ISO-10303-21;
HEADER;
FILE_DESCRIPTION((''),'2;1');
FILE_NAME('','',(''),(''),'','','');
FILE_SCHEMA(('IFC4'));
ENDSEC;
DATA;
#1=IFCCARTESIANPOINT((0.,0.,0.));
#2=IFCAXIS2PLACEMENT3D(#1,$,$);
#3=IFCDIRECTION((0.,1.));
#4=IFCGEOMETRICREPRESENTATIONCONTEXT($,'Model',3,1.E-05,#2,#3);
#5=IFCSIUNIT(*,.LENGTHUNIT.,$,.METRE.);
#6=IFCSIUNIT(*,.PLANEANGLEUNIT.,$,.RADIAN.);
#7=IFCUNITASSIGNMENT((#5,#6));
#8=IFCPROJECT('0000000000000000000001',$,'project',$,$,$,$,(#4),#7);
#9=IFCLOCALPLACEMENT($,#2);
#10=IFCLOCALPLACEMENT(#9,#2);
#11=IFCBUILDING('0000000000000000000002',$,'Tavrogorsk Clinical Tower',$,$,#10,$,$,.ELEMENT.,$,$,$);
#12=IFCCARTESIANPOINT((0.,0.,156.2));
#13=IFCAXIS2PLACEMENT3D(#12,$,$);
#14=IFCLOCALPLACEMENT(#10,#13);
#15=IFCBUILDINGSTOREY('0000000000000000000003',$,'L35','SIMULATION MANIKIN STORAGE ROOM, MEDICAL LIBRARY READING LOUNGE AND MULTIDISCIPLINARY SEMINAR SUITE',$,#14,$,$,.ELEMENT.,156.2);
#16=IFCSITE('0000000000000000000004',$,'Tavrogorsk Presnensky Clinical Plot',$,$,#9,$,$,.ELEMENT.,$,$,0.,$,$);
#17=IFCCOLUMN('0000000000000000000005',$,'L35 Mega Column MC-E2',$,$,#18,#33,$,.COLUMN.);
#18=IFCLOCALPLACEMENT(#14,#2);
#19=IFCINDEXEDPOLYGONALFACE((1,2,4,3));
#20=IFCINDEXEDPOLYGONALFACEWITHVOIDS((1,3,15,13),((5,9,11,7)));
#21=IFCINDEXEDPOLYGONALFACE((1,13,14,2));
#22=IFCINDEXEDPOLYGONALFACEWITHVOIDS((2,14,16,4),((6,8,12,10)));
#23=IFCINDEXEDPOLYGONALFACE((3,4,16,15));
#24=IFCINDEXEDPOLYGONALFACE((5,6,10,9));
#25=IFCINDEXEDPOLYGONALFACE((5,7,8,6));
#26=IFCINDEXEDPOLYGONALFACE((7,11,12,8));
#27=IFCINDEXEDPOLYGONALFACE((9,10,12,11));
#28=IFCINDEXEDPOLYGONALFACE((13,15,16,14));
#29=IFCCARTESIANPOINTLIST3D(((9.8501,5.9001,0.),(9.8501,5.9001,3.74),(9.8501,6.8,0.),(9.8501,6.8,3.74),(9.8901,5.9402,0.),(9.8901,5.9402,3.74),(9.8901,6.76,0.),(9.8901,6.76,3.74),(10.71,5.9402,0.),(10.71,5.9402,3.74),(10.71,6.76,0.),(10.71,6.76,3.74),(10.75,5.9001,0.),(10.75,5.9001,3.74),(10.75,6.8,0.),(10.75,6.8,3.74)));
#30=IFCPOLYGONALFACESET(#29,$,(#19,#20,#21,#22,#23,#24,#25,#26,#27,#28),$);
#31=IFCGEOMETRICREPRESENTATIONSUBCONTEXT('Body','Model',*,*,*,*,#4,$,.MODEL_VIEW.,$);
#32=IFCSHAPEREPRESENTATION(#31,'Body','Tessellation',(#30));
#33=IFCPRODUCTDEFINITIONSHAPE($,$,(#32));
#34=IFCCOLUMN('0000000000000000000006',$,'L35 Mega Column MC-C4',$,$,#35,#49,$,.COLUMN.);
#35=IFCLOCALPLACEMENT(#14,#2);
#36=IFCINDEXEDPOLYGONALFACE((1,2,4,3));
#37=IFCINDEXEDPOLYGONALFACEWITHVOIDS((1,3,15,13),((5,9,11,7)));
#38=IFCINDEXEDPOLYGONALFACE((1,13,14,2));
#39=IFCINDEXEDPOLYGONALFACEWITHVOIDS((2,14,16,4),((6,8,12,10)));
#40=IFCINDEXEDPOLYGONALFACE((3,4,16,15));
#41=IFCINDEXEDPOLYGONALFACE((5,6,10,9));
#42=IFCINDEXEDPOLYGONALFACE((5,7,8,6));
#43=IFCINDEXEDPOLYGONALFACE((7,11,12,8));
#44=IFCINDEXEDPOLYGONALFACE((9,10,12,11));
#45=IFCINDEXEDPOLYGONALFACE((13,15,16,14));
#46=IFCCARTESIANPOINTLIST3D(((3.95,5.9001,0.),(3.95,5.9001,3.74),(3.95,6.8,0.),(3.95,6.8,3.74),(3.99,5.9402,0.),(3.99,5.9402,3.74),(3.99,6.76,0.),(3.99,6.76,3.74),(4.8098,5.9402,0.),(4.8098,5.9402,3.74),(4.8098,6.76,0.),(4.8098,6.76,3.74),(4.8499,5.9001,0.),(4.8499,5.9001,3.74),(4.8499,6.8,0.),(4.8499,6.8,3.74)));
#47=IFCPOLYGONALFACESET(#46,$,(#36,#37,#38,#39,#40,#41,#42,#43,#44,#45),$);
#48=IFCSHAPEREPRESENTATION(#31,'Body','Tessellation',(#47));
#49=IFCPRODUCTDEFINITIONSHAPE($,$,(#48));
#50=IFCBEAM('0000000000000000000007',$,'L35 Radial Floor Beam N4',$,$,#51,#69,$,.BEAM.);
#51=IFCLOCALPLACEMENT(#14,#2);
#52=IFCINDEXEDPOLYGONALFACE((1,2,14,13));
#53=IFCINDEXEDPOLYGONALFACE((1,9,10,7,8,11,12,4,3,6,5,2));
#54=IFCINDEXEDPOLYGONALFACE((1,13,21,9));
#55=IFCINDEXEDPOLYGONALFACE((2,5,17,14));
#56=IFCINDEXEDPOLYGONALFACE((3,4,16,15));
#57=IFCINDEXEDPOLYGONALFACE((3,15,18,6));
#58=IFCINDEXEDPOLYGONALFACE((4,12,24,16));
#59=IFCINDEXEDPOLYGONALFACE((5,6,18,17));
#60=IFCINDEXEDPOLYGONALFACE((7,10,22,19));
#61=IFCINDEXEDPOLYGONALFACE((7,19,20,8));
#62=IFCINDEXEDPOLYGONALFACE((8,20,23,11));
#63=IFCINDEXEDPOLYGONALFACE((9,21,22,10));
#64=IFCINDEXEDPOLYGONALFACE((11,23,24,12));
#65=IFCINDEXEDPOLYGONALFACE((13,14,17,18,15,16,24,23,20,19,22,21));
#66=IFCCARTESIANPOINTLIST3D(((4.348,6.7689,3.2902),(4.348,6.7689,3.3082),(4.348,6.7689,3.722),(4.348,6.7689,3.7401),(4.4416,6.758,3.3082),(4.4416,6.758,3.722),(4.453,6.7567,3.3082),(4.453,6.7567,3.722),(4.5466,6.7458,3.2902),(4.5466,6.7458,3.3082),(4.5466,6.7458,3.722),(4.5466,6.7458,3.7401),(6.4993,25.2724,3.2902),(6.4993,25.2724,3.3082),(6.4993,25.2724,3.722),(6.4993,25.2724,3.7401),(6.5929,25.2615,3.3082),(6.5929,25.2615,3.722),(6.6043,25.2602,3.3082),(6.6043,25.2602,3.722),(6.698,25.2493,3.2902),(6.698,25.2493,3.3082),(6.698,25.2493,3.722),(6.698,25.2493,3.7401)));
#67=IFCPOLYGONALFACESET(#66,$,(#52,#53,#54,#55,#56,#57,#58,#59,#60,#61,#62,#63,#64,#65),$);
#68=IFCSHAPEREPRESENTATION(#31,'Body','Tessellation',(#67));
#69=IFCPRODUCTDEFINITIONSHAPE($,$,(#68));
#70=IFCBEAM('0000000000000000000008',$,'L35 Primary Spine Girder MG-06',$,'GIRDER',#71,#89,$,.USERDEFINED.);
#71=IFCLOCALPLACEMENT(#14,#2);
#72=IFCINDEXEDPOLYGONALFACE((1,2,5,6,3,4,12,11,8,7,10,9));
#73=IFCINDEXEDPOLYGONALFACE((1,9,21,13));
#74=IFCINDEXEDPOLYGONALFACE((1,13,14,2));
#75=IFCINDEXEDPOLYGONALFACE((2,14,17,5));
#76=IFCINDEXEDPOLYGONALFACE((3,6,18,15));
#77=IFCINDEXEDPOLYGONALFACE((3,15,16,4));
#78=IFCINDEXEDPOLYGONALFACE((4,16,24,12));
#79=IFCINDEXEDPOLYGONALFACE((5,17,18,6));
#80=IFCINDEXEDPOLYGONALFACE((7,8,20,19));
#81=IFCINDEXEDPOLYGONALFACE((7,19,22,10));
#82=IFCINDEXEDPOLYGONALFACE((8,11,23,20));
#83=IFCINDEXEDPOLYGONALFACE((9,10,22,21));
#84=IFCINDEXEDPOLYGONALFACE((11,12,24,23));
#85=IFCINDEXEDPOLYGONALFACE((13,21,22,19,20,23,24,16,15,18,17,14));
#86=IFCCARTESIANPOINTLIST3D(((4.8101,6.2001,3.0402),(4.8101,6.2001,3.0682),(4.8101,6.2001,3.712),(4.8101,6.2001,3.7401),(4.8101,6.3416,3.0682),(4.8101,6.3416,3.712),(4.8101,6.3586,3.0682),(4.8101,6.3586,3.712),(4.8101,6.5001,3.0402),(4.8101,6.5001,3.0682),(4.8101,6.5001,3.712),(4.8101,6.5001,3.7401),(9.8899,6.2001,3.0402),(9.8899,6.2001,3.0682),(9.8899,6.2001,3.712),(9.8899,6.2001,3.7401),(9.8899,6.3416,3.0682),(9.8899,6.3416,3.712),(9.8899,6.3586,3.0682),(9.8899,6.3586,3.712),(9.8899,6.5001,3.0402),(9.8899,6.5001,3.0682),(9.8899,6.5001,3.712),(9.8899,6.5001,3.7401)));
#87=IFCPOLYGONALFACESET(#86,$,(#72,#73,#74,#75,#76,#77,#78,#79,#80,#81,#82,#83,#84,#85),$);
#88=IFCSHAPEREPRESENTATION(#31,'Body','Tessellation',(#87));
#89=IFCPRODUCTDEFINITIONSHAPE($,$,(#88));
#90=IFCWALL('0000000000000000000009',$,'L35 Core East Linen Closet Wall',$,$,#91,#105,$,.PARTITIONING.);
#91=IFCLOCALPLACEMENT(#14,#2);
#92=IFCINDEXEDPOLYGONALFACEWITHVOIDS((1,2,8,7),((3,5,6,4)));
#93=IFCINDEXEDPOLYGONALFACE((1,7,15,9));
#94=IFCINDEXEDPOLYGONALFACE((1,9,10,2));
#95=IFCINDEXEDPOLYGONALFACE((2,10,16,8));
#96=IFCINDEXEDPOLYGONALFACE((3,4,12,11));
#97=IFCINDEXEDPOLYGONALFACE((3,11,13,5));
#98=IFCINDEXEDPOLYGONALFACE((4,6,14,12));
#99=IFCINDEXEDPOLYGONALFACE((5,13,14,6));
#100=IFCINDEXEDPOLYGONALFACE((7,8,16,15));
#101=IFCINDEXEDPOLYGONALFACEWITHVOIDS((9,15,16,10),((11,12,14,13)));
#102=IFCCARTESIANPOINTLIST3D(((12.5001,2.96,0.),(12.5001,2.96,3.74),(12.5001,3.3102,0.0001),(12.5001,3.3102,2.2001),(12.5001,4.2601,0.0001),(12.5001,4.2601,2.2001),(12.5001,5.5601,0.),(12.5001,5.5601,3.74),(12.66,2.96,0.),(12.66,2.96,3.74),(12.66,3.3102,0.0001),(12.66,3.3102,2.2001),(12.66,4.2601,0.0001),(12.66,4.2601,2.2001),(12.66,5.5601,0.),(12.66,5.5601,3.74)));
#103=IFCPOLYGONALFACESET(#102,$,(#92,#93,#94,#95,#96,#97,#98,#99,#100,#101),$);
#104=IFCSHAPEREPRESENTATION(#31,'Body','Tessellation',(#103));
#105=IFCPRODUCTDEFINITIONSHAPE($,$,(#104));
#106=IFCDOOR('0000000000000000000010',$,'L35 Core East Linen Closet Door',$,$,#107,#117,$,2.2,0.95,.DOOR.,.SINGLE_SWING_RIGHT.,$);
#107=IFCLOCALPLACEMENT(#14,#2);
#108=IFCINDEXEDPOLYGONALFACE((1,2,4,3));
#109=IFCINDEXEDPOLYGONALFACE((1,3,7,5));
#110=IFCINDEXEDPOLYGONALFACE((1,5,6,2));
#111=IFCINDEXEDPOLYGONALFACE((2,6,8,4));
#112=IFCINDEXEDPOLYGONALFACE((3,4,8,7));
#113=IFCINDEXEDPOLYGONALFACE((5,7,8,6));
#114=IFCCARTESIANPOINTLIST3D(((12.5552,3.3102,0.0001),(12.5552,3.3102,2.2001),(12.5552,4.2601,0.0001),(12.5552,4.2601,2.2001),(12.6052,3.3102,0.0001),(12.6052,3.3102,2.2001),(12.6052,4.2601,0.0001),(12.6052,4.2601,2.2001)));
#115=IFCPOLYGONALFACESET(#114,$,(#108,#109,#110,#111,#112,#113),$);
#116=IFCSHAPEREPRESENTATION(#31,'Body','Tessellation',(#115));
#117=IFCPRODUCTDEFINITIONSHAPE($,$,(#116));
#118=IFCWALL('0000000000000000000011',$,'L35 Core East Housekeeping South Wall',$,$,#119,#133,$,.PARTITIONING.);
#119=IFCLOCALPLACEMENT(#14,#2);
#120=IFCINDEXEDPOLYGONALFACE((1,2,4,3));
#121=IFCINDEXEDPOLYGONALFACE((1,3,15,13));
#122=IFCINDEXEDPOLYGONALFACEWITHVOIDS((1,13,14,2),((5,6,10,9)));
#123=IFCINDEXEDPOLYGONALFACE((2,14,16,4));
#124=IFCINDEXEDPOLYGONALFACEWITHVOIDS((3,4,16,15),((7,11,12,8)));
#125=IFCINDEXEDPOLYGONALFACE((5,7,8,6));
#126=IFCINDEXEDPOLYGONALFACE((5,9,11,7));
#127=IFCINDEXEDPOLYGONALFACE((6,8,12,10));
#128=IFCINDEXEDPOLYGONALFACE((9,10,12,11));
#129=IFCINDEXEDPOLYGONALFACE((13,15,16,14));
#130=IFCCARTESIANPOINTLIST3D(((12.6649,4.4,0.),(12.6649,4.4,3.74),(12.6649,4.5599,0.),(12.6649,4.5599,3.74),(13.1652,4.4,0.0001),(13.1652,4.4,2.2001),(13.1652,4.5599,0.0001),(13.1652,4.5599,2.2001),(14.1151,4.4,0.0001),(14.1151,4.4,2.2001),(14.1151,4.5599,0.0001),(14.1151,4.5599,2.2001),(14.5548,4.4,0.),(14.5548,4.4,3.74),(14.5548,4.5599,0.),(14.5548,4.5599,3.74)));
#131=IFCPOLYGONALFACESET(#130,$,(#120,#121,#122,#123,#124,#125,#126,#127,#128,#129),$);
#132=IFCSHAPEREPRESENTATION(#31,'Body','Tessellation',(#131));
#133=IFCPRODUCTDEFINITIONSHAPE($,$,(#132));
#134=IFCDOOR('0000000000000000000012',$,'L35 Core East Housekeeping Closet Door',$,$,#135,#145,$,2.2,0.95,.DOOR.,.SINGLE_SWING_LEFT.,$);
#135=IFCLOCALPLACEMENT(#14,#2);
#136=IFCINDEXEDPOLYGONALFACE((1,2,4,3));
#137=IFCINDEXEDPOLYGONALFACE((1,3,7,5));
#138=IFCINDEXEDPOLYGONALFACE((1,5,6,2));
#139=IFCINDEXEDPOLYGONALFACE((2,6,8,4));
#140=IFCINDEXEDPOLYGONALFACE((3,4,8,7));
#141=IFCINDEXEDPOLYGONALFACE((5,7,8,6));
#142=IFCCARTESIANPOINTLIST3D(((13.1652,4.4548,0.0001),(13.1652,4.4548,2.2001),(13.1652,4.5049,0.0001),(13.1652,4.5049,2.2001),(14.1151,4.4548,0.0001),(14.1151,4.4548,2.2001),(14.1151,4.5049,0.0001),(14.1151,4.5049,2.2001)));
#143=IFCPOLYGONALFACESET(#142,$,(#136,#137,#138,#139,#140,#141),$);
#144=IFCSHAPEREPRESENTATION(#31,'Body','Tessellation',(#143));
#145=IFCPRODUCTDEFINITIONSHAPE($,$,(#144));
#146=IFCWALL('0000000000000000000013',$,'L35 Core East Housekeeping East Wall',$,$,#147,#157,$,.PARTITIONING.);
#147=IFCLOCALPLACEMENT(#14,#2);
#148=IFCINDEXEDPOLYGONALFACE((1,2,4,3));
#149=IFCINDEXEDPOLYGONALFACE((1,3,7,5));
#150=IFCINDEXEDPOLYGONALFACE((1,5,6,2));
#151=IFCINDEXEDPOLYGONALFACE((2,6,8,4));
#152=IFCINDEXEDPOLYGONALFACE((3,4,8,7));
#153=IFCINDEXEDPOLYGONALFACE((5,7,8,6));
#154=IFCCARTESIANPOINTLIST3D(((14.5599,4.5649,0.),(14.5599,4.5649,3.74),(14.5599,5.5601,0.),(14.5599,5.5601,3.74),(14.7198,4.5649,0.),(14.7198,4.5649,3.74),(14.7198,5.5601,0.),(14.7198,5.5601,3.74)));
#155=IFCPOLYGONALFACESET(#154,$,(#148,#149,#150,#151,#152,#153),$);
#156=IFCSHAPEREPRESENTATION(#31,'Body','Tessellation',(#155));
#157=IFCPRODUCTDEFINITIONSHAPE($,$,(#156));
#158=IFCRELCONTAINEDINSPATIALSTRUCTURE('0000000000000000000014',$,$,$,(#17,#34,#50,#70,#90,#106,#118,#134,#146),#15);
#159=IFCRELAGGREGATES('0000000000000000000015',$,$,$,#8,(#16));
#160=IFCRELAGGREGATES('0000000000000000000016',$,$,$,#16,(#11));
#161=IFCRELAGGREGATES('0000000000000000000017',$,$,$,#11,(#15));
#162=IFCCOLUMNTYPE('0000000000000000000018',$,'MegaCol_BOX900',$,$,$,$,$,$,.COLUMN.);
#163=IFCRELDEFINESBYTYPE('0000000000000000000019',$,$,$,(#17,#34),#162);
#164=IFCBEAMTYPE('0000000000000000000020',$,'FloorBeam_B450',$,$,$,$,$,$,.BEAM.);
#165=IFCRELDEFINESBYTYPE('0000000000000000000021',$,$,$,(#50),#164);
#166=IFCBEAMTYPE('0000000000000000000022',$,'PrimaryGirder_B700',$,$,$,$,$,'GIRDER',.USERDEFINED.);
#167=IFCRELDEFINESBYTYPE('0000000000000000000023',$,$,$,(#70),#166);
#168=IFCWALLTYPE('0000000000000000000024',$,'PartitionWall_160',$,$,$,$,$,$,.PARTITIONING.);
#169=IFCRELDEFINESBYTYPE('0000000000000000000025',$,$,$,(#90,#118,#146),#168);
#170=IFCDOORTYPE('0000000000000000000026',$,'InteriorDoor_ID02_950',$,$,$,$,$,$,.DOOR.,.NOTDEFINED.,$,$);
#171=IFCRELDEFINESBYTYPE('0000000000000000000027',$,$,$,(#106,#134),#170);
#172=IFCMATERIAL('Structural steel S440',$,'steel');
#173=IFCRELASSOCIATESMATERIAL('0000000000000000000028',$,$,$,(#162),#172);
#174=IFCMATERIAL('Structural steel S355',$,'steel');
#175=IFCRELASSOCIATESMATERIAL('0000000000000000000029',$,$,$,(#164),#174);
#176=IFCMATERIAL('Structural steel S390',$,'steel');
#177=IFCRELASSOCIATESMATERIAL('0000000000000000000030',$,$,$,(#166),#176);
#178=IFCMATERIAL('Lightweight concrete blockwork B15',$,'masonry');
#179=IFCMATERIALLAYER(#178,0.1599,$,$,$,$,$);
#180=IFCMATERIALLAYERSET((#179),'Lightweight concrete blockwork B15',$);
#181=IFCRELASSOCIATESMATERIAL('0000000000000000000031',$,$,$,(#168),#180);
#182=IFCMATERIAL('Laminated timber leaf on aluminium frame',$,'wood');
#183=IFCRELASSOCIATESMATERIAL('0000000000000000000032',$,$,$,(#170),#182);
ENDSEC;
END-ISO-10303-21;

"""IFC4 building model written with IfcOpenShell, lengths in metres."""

from ifc_helpers import new_model, si_unit, direction, frame, frame_2d, origin, origin_2d, place, context, subcontext, project, spatial, rectangle, hollow_rectangle, i_section, extrude, material, layer, layer_set, material_profile, profile_set, type_object, element, fill, save


model = new_model("IFC4")

# Units and contexts
model_context = context("Model", 3, precision=1e-05, world=origin(), true_north=direction((0.0, 1.0)))
body_context = subcontext(model_context, "Body", "Model", "MODEL_VIEW")
ifc_project = project(units=[si_unit("LENGTHUNIT", "METRE"), si_unit("PLANEANGLEUNIT", "RADIAN")], contexts=[model_context])

# Site, building, storey
site_placement = place(None, origin())
site = spatial("IfcSite", under=ifc_project, at=site_placement, Name="Tavrogorsk Presnensky Clinical Plot", CompositionType="ELEMENT", RefElevation=0.0)
building_placement = place(site_placement, origin())
building = spatial("IfcBuilding", under=site, at=building_placement, Name="Tavrogorsk Clinical Tower", CompositionType="ELEMENT")
storey_placement = place(building_placement, frame((0.0, 0.0, 156.2)))
storey = spatial("IfcBuildingStorey", under=building, at=storey_placement, Name="L35", Description="SIMULATION MANIKIN STORAGE ROOM, MEDICAL LIBRARY READING LOUNGE AND MULTIDISCIPLINARY SEMINAR SUITE", CompositionType="ELEMENT", Elevation=156.2)

# Columns
ifc_material_1 = material(Name="Structural steel S440", Category="steel")
ifc_material_profile_1 = material_profile(ifc_material_1, hollow_rectangle(XDim=0.8999, YDim=0.8999, WallThickness=0.04, at=origin_2d()), Name="BOX-900x900x40")
ifc_profile_set_1 = profile_set([ifc_material_profile_1], Name="Structural steel S440")
column_type = type_object("IfcColumnType", Name="MegaCol_BOX900", PredefinedType="COLUMN", material=ifc_profile_set_1)
for number, where, z_axis, x_axis, name in (
    (1, (10.3, 6.3501, 0.0), (0.0, 0.0, 1.0), (1.0, 0.0, 0.0), "L35 Mega Column MC-E2"),
    (2, (4.3999, 6.3501, 0.0), (0.0, 0.0, 1.0), (1.0, 0.0, 0.0), "L35 Mega Column MC-C4"),
):
    element("IfcColumn", number, at=place(storey_placement, frame(where, z_axis=z_axis, x_axis=x_axis)), inside=storey, type_object=column_type, Name=name, PredefinedType="COLUMN", context=body_context, shape_type="SweptSolid", body=[
        extrude(hollow_rectangle(XDim=0.8999, YDim=0.8999, WallThickness=0.04, at=origin_2d()), origin(), (0.0, 0.0, 1.0), 3.74),
    ])

# Beams
ifc_material_2 = material(Name="Structural steel S355", Category="steel")
ifc_material_profile_2 = material_profile(ifc_material_2, i_section(OverallWidth=0.2, OverallDepth=0.45, WebThickness=0.0115, FlangeThickness=0.0181, at=origin_2d()), Name="B-450x200x11.5x18")
ifc_profile_set_2 = profile_set([ifc_material_profile_2], Name="Structural steel S355")
beam_type_1 = type_object("IfcBeamType", Name="FloorBeam_B450", PredefinedType="BEAM", material=ifc_profile_set_2)
beam_1_placement = place(storey_placement, frame((4.4473, 6.7573, 3.5151), z_axis=(0.115491, 0.993309, 0.0), x_axis=(-0.993309, 0.115491, 0.0)))
element("IfcBeam", 3, at=beam_1_placement, inside=storey, type_object=beam_type_1, Name="L35 Radial Floor Beam N4", PredefinedType="BEAM", context=body_context, shape_type="SweptSolid", body=[
    extrude(i_section(OverallWidth=0.2, OverallDepth=0.45, WebThickness=0.0115, FlangeThickness=0.0181, at=origin_2d()), origin(), (0.0, 0.0, 1.0), 18.6282),
])
ifc_material_3 = material(Name="Structural steel S390", Category="steel")
ifc_material_profile_3 = material_profile(ifc_material_3, i_section(OverallWidth=0.3, OverallDepth=0.7, WebThickness=0.0171, FlangeThickness=0.0281, at=origin_2d()), Name="B-700x300x17x28")
ifc_profile_set_3 = profile_set([ifc_material_profile_3], Name="Structural steel S390")
beam_type_2 = type_object("IfcBeamType", Name="PrimaryGirder_B700", ElementType="GIRDER", PredefinedType="USERDEFINED", material=ifc_profile_set_3)
beam_2_placement = place(storey_placement, frame((4.8101, 6.3501, 3.3901), z_axis=(1.0, 0.0, 0.0), x_axis=(0.0, 1.0, 0.0)))
element("IfcBeam", 4, at=beam_2_placement, inside=storey, type_object=beam_type_2, Name="L35 Primary Spine Girder MG-06", ObjectType="GIRDER", PredefinedType="USERDEFINED", context=body_context, shape_type="SweptSolid", body=[
    extrude(i_section(OverallWidth=0.3, OverallDepth=0.7, WebThickness=0.0171, FlangeThickness=0.0281, at=origin_2d()), origin(), (0.0, 0.0, 1.0), 5.0798),
])

# Walls, openings, doors
ifc_material_4 = material(Name="Lightweight concrete blockwork B15", Category="masonry")
ifc_layer_1 = layer(ifc_material_4, 0.1599)
ifc_layer_set_1 = layer_set([ifc_layer_1], Name="Lightweight concrete blockwork B15")
wall_type_1 = type_object("IfcWallType", Name="PartitionWall_160", PredefinedType="PARTITIONING", material=ifc_layer_set_1)
wall_1_placement = place(storey_placement, frame((12.5801, 2.96, 0.0), z_axis=(0.0, 0.0, 1.0), x_axis=(0.0, 1.0, 0.0)))
wall_1 = element("IfcWall", 5, at=wall_1_placement, inside=storey, type_object=wall_type_1, Name="L35 Core East Linen Closet Wall", PredefinedType="PARTITIONING", context=body_context, shape_type="SweptSolid", body=[
    extrude(rectangle(XDim=2.6001, YDim=0.1599, at=frame_2d((1.3, 0.0))), origin(), (0.0, 0.0, 1.0), 3.74),
])
opening_1_placement = place(wall_1_placement, frame((0.3501, 0.0, 0.0)))
opening_1 = element("IfcOpeningElement", 6, at=opening_1_placement, cuts=wall_1, PredefinedType="OPENING", context=body_context, shape_type="SweptSolid", body=[
    extrude(rectangle(XDim=0.95, YDim=2.2, at=frame_2d((0.4751, 1.1001))), frame((0.0, 0.0898, 0.0), z_axis=(0.0, -1.0, 0.0), x_axis=(1.0, 0.0, 0.0)), (0.0, 0.0, 1.0), 0.1799),
])
ifc_material_5 = material(Name="Laminated timber leaf on aluminium frame", Category="wood")
door_type_1 = type_object("IfcDoorType", Name="InteriorDoor_ID02_950", OperationType="NOTDEFINED", PredefinedType="DOOR", material=ifc_material_5)
door_1_placement = place(opening_1_placement, origin())
door_1 = element("IfcDoor", 7, at=door_1_placement, inside=storey, type_object=door_type_1, Name="L35 Core East Linen Closet Door", OperationType="SINGLE_SWING_RIGHT", OverallHeight=2.2, OverallWidth=0.95, PredefinedType="DOOR", context=body_context, shape_type="SweptSolid", body=[
    extrude(rectangle(XDim=0.95, YDim=2.2, at=frame_2d((0.4751, 1.1001))), frame((0.0, 0.0249, 0.0), z_axis=(0.0, -1.0, 0.0), x_axis=(1.0, 0.0, 0.0)), (0.0, 0.0, 1.0), 0.05),
])
fill(opening_1, door_1)
wall_2_placement = place(storey_placement, frame((12.665, 4.48, 0.0), z_axis=(0.0, 0.0, 1.0), x_axis=(1.0, 0.0, 0.0)))
wall_2 = element("IfcWall", 8, at=wall_2_placement, inside=storey, type_object=wall_type_1, Name="L35 Core East Housekeeping South Wall", PredefinedType="PARTITIONING", context=body_context, shape_type="SweptSolid", body=[
    extrude(rectangle(XDim=1.8899, YDim=0.1599, at=frame_2d((0.9448, 0.0))), origin(), (0.0, 0.0, 1.0), 3.74),
])
opening_2_placement = place(wall_2_placement, frame((0.5, 0.0, 0.0)))
opening_2 = element("IfcOpeningElement", 9, at=opening_2_placement, cuts=wall_2, PredefinedType="OPENING", context=body_context, shape_type="SweptSolid", body=[
    extrude(rectangle(XDim=0.95, YDim=2.2, at=frame_2d((0.4751, 1.1001))), frame((0.0, 0.0898, 0.0), z_axis=(0.0, -1.0, 0.0), x_axis=(1.0, 0.0, 0.0)), (0.0, 0.0, 1.0), 0.1799),
])
door_2_placement = place(opening_2_placement, origin())
door_2 = element("IfcDoor", 10, at=door_2_placement, inside=storey, type_object=door_type_1, Name="L35 Core East Housekeeping Closet Door", OperationType="SINGLE_SWING_LEFT", OverallHeight=2.2, OverallWidth=0.95, PredefinedType="DOOR", context=body_context, shape_type="SweptSolid", body=[
    extrude(rectangle(XDim=0.95, YDim=2.2, at=frame_2d((0.4751, 1.1001))), frame((0.0, 0.0249, 0.0), z_axis=(0.0, -1.0, 0.0), x_axis=(1.0, 0.0, 0.0)), (0.0, 0.0, 1.0), 0.05),
])
fill(opening_2, door_2)

# Wall
wall_3_placement = place(storey_placement, frame((14.6399, 4.5649, 0.0), z_axis=(0.0, 0.0, 1.0), x_axis=(0.0, 1.0, 0.0)))
element("IfcWall", 11, at=wall_3_placement, inside=storey, type_object=wall_type_1, Name="L35 Core East Housekeeping East Wall", PredefinedType="PARTITIONING", context=body_context, shape_type="SweptSolid", body=[
    extrude(rectangle(XDim=0.9951, YDim=0.1599, at=frame_2d((0.4976, 0.0))), origin(), (0.0, 0.0, 1.0), 3.74),
])

save(model, "model.ifc")
